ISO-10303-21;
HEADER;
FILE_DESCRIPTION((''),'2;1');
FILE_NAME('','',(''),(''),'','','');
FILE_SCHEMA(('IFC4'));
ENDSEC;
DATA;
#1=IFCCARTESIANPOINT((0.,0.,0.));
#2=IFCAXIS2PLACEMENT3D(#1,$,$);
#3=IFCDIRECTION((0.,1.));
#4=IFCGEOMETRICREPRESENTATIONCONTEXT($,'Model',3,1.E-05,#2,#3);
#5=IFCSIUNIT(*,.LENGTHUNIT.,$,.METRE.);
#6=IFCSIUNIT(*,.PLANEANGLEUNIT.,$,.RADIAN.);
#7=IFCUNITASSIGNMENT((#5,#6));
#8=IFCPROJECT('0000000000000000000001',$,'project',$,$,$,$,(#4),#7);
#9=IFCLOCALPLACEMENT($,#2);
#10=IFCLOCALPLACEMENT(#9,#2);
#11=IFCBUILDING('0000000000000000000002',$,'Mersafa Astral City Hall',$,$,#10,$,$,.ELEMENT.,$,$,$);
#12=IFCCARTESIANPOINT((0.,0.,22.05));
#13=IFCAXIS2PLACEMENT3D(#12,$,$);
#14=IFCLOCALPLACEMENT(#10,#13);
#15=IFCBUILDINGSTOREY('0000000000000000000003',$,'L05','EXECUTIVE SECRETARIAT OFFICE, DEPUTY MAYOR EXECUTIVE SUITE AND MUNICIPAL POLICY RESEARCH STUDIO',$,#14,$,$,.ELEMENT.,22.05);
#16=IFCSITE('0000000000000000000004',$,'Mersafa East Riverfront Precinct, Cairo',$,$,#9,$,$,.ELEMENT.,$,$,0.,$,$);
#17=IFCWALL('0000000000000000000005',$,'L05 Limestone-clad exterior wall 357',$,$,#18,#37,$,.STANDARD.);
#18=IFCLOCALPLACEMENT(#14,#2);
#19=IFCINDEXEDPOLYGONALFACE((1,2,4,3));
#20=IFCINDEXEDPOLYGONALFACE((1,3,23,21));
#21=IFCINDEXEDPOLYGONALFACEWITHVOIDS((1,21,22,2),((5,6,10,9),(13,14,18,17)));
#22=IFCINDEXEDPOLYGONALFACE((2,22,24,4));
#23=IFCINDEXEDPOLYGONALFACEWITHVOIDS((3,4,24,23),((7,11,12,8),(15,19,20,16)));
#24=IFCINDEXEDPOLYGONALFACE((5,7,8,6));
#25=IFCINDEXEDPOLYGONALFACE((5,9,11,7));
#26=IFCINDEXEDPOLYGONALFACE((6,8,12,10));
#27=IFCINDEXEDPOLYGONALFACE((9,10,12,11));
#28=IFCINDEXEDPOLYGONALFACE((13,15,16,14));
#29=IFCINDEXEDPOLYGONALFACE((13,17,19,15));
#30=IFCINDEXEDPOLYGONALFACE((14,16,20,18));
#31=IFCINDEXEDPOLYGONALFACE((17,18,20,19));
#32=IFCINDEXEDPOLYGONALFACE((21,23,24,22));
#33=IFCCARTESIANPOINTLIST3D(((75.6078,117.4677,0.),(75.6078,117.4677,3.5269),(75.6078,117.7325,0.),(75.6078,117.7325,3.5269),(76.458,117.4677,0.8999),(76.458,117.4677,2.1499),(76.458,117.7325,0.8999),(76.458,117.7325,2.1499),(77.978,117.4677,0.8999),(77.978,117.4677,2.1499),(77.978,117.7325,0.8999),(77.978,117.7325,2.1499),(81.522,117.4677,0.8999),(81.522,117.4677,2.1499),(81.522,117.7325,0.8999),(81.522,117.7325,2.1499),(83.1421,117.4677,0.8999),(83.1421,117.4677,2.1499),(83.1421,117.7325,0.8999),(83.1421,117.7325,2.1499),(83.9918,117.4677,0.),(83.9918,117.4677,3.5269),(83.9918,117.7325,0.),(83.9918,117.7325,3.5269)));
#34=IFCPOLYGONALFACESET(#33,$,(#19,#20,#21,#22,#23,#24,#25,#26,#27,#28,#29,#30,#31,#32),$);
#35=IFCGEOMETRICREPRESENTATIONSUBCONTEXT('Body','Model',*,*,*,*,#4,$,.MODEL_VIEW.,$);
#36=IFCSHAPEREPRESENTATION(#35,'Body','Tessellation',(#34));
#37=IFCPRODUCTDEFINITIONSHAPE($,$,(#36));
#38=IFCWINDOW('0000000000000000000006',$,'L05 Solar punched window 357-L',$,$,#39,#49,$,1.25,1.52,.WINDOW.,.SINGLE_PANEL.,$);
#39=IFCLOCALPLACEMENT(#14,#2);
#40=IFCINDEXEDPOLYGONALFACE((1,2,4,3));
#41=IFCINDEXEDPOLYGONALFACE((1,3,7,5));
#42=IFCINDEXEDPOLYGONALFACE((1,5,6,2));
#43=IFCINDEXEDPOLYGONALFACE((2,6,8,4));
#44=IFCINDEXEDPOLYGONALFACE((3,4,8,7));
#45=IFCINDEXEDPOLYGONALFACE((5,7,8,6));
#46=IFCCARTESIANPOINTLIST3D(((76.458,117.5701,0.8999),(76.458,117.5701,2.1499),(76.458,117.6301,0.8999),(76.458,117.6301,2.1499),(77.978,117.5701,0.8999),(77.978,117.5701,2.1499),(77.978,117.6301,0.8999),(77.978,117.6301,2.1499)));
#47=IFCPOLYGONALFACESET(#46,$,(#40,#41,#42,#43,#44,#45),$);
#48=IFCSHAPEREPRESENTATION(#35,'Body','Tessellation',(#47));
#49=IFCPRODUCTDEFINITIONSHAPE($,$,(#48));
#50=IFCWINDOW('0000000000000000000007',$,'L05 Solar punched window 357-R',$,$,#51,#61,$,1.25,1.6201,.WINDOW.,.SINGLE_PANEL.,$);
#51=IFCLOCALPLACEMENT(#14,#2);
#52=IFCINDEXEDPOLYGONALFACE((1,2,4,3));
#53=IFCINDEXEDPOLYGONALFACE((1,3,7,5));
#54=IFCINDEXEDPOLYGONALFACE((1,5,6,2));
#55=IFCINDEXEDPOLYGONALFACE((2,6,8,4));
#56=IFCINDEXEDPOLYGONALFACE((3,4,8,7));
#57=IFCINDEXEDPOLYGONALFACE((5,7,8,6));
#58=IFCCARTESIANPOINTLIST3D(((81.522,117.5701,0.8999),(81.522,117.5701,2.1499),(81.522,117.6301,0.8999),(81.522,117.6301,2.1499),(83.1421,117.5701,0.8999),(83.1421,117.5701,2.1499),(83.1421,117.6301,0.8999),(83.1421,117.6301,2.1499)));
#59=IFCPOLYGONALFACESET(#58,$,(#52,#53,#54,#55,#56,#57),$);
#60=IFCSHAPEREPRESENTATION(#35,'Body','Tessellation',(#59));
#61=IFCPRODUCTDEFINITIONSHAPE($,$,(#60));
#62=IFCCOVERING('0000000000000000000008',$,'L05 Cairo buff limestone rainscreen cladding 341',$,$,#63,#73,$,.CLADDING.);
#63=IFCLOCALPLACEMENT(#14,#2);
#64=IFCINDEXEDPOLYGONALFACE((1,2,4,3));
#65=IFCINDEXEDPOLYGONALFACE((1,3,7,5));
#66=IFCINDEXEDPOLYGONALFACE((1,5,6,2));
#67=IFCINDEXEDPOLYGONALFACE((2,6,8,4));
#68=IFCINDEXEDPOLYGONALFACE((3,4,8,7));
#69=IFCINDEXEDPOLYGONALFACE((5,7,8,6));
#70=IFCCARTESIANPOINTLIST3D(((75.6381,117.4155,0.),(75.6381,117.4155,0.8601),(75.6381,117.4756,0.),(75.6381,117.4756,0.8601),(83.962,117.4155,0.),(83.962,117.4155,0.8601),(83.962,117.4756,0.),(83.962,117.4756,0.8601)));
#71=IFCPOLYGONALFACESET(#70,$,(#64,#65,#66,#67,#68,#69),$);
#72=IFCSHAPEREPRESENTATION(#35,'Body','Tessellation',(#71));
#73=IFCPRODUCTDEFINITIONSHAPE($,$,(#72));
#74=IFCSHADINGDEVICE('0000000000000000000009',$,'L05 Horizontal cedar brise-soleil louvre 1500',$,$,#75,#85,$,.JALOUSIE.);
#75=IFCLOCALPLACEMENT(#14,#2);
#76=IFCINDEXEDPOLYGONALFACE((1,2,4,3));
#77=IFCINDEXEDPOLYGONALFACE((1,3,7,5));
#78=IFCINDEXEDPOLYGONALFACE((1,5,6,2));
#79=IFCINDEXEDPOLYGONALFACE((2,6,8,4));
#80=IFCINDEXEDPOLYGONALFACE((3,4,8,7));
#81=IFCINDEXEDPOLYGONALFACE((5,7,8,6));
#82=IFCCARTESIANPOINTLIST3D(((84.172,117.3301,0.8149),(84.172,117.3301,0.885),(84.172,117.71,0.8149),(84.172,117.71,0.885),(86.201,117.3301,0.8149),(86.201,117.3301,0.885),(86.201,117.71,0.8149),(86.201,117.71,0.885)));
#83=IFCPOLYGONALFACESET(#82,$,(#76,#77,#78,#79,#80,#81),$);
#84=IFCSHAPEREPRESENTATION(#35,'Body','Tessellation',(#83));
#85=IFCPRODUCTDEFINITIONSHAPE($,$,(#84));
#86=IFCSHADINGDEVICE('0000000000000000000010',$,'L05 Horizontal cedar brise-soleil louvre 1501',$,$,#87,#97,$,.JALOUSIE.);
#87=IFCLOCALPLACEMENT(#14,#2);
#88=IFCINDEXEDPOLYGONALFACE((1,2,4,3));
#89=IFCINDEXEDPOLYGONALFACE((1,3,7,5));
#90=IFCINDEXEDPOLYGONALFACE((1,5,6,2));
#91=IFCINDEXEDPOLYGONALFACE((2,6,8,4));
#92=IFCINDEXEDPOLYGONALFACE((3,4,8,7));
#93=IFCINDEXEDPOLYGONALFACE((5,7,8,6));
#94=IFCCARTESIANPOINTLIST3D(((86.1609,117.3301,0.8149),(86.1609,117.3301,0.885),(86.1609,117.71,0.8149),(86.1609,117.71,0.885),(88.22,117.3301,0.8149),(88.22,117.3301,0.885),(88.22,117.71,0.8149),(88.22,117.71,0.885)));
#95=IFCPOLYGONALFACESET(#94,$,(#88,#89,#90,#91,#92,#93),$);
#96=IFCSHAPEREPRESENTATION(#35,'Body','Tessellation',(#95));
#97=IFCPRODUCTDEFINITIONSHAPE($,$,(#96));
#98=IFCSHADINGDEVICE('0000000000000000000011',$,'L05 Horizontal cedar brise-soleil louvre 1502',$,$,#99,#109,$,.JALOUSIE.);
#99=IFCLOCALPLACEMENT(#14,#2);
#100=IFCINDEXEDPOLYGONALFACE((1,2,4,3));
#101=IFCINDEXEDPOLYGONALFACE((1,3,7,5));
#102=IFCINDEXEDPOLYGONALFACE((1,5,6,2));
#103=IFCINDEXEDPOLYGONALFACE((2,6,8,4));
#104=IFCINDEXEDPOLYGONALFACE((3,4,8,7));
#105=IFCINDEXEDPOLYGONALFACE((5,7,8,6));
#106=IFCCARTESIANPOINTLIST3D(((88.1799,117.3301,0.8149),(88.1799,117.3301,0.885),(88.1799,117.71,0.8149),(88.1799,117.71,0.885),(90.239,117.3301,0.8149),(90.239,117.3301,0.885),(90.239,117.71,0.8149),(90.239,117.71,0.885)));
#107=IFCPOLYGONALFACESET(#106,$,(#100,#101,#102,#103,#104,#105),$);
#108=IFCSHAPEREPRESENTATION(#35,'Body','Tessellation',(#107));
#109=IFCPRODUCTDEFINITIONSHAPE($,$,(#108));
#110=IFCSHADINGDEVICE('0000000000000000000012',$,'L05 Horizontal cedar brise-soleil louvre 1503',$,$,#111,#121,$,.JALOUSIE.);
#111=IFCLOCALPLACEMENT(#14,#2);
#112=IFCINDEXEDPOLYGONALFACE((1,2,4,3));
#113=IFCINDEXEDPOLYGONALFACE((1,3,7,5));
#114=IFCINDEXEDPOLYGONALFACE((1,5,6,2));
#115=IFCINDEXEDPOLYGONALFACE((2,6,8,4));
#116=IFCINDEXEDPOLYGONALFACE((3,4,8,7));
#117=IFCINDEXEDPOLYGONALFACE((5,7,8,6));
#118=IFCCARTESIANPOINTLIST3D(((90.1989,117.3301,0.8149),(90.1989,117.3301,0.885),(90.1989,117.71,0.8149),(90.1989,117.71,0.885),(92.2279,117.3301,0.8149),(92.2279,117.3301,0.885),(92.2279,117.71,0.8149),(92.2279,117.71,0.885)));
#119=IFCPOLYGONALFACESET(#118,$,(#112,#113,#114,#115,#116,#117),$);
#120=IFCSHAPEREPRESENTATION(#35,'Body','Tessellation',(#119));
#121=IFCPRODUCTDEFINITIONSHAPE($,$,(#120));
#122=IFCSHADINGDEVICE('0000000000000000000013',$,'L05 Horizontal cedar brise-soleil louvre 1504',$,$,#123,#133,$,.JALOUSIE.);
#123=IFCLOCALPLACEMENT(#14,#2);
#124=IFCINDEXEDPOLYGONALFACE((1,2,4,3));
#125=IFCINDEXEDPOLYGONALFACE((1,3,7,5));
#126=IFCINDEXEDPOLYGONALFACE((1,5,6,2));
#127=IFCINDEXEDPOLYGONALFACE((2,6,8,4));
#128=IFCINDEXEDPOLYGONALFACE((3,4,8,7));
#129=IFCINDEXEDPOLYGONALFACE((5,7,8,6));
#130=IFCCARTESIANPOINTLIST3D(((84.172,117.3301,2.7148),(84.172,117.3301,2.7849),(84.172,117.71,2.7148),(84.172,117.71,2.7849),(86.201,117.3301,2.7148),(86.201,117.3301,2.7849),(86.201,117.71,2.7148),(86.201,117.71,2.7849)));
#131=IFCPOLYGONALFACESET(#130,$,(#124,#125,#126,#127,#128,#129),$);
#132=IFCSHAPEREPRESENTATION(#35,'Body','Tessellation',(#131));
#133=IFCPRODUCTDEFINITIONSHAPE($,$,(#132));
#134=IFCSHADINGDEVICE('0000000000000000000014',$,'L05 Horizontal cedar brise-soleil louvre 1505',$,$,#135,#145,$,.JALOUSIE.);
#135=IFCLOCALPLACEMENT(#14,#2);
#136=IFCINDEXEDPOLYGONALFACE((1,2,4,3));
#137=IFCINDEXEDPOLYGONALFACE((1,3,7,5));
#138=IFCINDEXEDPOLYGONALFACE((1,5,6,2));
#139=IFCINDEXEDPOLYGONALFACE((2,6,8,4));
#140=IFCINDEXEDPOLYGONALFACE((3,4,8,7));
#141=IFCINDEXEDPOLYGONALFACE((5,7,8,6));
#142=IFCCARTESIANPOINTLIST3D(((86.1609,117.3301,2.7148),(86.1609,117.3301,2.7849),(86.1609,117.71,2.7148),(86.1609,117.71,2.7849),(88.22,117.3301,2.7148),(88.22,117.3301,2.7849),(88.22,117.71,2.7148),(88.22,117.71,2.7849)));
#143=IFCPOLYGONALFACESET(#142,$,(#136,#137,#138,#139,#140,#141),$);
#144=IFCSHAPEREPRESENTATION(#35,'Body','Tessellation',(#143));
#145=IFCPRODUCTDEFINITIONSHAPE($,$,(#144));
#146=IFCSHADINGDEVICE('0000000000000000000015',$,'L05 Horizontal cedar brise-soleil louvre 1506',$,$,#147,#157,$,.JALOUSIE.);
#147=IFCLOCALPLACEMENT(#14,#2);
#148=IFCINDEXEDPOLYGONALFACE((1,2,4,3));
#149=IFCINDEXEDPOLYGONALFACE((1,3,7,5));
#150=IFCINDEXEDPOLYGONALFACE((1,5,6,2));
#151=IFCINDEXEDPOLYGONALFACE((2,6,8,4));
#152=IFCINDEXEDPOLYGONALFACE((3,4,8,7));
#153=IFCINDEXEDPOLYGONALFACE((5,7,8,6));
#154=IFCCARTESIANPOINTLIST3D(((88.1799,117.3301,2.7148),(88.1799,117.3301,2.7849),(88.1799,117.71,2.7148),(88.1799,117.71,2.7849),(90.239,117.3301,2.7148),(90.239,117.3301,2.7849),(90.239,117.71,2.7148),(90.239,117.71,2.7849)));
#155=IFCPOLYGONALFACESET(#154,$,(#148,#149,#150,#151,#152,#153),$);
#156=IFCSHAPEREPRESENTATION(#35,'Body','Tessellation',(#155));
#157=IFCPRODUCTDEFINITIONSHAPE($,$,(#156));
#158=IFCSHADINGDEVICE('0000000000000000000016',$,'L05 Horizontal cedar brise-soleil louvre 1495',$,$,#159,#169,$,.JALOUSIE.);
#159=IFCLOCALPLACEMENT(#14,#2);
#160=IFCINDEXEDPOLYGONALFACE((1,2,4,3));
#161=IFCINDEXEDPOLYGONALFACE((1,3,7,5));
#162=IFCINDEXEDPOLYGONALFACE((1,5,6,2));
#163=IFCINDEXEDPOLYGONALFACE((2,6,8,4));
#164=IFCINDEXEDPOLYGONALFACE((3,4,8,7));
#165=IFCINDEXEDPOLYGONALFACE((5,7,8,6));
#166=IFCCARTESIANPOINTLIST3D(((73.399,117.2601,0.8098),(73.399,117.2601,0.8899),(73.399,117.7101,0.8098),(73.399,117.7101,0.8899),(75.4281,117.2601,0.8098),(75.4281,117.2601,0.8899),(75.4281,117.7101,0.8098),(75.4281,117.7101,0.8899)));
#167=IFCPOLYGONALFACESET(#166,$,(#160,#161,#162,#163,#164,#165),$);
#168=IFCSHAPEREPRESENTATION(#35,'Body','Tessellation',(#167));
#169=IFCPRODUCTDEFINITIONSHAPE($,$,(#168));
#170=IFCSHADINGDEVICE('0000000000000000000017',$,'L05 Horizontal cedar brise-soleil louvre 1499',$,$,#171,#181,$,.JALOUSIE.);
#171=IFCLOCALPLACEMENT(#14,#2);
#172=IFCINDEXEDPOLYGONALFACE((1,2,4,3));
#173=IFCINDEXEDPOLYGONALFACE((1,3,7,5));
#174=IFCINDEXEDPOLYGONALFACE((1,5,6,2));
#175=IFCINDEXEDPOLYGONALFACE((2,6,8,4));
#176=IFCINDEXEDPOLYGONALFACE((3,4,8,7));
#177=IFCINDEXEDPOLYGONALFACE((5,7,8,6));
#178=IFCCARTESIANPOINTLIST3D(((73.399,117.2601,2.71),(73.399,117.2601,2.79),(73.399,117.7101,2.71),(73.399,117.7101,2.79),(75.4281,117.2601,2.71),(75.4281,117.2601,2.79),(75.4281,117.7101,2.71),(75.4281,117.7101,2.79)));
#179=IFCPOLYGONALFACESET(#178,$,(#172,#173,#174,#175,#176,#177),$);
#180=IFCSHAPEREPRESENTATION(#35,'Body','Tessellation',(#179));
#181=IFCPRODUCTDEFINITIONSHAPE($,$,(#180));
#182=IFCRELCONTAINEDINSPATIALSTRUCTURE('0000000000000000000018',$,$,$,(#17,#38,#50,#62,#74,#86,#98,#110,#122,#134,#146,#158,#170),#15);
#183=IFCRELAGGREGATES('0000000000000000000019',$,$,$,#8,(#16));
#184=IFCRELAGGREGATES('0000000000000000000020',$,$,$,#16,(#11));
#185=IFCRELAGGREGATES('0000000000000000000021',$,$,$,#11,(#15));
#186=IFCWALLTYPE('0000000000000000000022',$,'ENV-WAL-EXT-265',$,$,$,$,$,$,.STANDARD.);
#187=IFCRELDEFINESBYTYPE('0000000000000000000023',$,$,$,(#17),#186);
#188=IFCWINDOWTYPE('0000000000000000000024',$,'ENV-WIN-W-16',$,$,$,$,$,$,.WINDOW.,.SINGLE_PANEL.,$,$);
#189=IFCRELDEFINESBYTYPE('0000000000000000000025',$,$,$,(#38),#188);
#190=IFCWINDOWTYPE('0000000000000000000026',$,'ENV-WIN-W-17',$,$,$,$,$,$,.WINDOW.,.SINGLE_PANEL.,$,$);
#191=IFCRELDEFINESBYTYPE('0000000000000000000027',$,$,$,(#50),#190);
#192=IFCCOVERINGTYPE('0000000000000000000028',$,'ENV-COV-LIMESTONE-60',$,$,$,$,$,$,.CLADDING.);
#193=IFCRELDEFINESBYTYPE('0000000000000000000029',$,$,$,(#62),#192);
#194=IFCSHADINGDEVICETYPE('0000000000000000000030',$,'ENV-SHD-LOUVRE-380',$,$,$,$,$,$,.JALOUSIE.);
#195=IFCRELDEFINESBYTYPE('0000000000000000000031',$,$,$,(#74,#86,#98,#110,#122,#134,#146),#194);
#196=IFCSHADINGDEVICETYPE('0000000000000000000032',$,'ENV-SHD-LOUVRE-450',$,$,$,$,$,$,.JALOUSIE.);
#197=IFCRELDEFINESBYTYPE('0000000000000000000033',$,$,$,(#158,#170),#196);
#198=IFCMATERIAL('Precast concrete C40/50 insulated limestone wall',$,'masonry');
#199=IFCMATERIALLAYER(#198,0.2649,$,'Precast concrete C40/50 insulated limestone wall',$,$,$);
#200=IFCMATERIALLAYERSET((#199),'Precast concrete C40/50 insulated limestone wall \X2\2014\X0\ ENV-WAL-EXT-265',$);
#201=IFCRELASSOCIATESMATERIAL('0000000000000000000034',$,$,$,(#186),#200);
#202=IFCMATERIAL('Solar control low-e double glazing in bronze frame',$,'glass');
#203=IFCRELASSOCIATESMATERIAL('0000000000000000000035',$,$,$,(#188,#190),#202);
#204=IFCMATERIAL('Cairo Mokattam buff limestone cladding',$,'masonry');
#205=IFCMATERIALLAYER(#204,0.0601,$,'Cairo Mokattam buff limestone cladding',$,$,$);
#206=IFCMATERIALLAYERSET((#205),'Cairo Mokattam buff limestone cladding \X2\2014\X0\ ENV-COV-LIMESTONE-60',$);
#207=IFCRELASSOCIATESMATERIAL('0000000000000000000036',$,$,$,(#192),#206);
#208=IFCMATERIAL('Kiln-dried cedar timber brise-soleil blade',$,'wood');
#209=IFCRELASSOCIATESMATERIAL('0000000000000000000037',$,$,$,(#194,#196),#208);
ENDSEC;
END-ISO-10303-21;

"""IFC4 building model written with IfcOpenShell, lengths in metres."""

from ifc_helpers import new_model, si_unit, direction, frame, frame_2d, origin, origin_2d, place, context, subcontext, project, spatial, rectangle, extrude, material, layer, layer_set, type_object, element, fill, save


model = new_model("IFC4")

# Units and contexts
model_context = context("Model", 3, precision=1e-05, world=origin(), true_north=direction((0.0, 1.0)))
body_context = subcontext(model_context, "Body", "Model", "MODEL_VIEW")
ifc_project = project(units=[si_unit("LENGTHUNIT", "METRE"), si_unit("PLANEANGLEUNIT", "RADIAN")], contexts=[model_context])

# Site, building, storey
site_placement = place(None, origin())
site = spatial("IfcSite", under=ifc_project, at=site_placement, Name="Mersafa East Riverfront Precinct, Cairo", CompositionType="ELEMENT", RefElevation=0.0)
building_placement = place(site_placement, origin())
building = spatial("IfcBuilding", under=site, at=building_placement, Name="Mersafa Astral City Hall", CompositionType="ELEMENT")
storey_placement = place(building_placement, frame((0.0, 0.0, 22.05)))
storey = spatial("IfcBuildingStorey", under=building, at=storey_placement, Name="L05", Description="EXECUTIVE SECRETARIAT OFFICE, DEPUTY MAYOR EXECUTIVE SUITE AND MUNICIPAL POLICY RESEARCH STUDIO", CompositionType="ELEMENT", Elevation=22.05)

# Wall, openings, windows
ifc_material_1 = material(Name="Precast concrete C40/50 insulated limestone wall", Category="masonry")
ifc_layer_1 = layer(ifc_material_1, 0.2649, Name="Precast concrete C40/50 insulated limestone wall")
ifc_layer_set_1 = layer_set([ifc_layer_1], Name="Precast concrete C40/50 insulated limestone wall — ENV-WAL-EXT-265")
wall_type = type_object("IfcWallType", Name="ENV-WAL-EXT-265", PredefinedType="STANDARD", material=ifc_layer_set_1)
wall_placement = place(storey_placement, frame((75.6079, 117.6001, 0.0), z_axis=(0.0, 0.0, 1.0), x_axis=(1.0, 0.0, 0.0)))
wall = element("IfcWall", 1, at=wall_placement, inside=storey, type_object=wall_type, Name="L05 Limestone-clad exterior wall 357", PredefinedType="STANDARD", context=body_context, shape_type="SweptSolid", body=[
    extrude(rectangle(XDim=8.384, YDim=0.2649, at=frame_2d((4.1919, 0.0))), origin(), (0.0, 0.0, 1.0), 3.5269),
])
opening_1_placement = place(wall_placement, frame((0.8501, 0.0, 0.8999)))
opening_1 = element("IfcOpeningElement", 2, at=opening_1_placement, cuts=wall, PredefinedType="OPENING", context=body_context, shape_type="SweptSolid", body=[
    extrude(rectangle(XDim=1.52, YDim=1.25, at=frame_2d((0.76, 0.625))), frame((0.0, 0.1423, 0.0), z_axis=(0.0, -1.0, 0.0), x_axis=(1.0, 0.0, 0.0)), (0.0, 0.0, 1.0), 0.2849),
])
opening_2_placement = place(wall_placement, frame((5.9141, 0.0, 0.8999)))
opening_2 = element("IfcOpeningElement", 3, at=opening_2_placement, cuts=wall, PredefinedType="OPENING", context=body_context, shape_type="SweptSolid", body=[
    extrude(rectangle(XDim=1.6201, YDim=1.25, at=frame_2d((0.8101, 0.625))), frame((0.0, 0.1423, 0.0), z_axis=(0.0, -1.0, 0.0), x_axis=(1.0, 0.0, 0.0)), (0.0, 0.0, 1.0), 0.2849),
])
ifc_material_2 = material(Name="Solar control low-e double glazing in bronze frame", Category="glass")
window_type_1 = type_object("IfcWindowType", Name="ENV-WIN-W-16", PartitioningType="SINGLE_PANEL", PredefinedType="WINDOW", material=ifc_material_2)
window_1_placement = place(opening_1_placement, origin())
window_1 = element("IfcWindow", 4, at=window_1_placement, inside=storey, type_object=window_type_1, Name="L05 Solar punched window 357-L", OverallHeight=1.25, OverallWidth=1.52, PartitioningType="SINGLE_PANEL", PredefinedType="WINDOW", context=body_context, shape_type="SweptSolid", body=[
    extrude(rectangle(XDim=1.52, YDim=1.25, at=frame_2d((0.76, 0.625))), frame((0.0, 0.03, 0.0), z_axis=(0.0, -1.0, 0.0), x_axis=(1.0, 0.0, 0.0)), (0.0, 0.0, 1.0), 0.0601),
])
fill(opening_1, window_1)
window_type_2 = type_object("IfcWindowType", Name="ENV-WIN-W-17", PartitioningType="SINGLE_PANEL", PredefinedType="WINDOW", material=ifc_material_2)
window_2_placement = place(opening_2_placement, origin())
window_2 = element("IfcWindow", 5, at=window_2_placement, inside=storey, type_object=window_type_2, Name="L05 Solar punched window 357-R", OverallHeight=1.25, OverallWidth=1.6201, PartitioningType="SINGLE_PANEL", PredefinedType="WINDOW", context=body_context, shape_type="SweptSolid", body=[
    extrude(rectangle(XDim=1.6201, YDim=1.25, at=frame_2d((0.8101, 0.625))), frame((0.0, 0.03, 0.0), z_axis=(0.0, -1.0, 0.0), x_axis=(1.0, 0.0, 0.0)), (0.0, 0.0, 1.0), 0.0601),
])
fill(opening_2, window_2)

# Covering
ifc_material_3 = material(Name="Cairo Mokattam buff limestone cladding", Category="masonry")
ifc_layer_2 = layer(ifc_material_3, 0.0601, Name="Cairo Mokattam buff limestone cladding")
ifc_layer_set_2 = layer_set([ifc_layer_2], Name="Cairo Mokattam buff limestone cladding — ENV-COV-LIMESTONE-60")
covering_type = type_object("IfcCoveringType", Name="ENV-COV-LIMESTONE-60", PredefinedType="CLADDING", material=ifc_layer_set_2)
covering_placement = place(storey_placement, frame((79.8, 117.4456, 0.0), z_axis=(0.0, 0.0, 1.0), x_axis=(1.0, 0.0, 0.0)))
element("IfcCovering", 6, at=covering_placement, inside=storey, type_object=covering_type, Name="L05 Cairo buff limestone rainscreen cladding 341", PredefinedType="CLADDING", context=body_context, shape_type="SweptSolid", body=[
    extrude(rectangle(XDim=8.324, YDim=0.0601, at=origin_2d()), origin(), (0.0, 0.0, 1.0), 0.8601),
])

# Shading devices
ifc_material_4 = material(Name="Kiln-dried cedar timber brise-soleil blade", Category="wood")
shading_device_type_1 = type_object("IfcShadingDeviceType", Name="ENV-SHD-LOUVRE-380", PredefinedType="JALOUSIE", material=ifc_material_4)
shading_device_placement = place(storey_placement, frame((85.1865, 117.52, 0.8149), z_axis=(0.0, 0.0, 1.0), x_axis=(1.0, 0.0, 0.0)))
element("IfcShadingDevice", 7, at=shading_device_placement, inside=storey, type_object=shading_device_type_1, Name="L05 Horizontal cedar brise-soleil louvre 1500", PredefinedType="JALOUSIE", context=body_context, shape_type="SweptSolid", body=[
    extrude(rectangle(XDim=2.0291, YDim=0.3799, at=origin_2d()), origin(), (0.0, 0.0, 1.0), 0.0701),
])
for number, where, z_axis, x_axis, name in (
    (8, (87.1904, 117.52, 0.8149), (0.0, 0.0, 1.0), (1.0, 0.0, 0.0), "L05 Horizontal cedar brise-soleil louvre 1501"),
    (9, (89.2095, 117.52, 0.8149), (0.0, 0.0, 1.0), (1.0, 0.0, 0.0), "L05 Horizontal cedar brise-soleil louvre 1502"),
):
    element("IfcShadingDevice", number, at=place(storey_placement, frame(where, z_axis=z_axis, x_axis=x_axis)), inside=storey, type_object=shading_device_type_1, Name=name, PredefinedType="JALOUSIE", context=body_context, shape_type="SweptSolid", body=[
        extrude(rectangle(XDim=2.0591, YDim=0.3799, at=origin_2d()), origin(), (0.0, 0.0, 1.0), 0.0701),
    ])
for number, where, z_axis, x_axis, name in (
    (10, (91.2134, 117.52, 0.8149), (0.0, 0.0, 1.0), (1.0, 0.0, 0.0), "L05 Horizontal cedar brise-soleil louvre 1503"),
    (11, (85.1865, 117.52, 2.7148), (0.0, 0.0, 1.0), (1.0, 0.0, 0.0), "L05 Horizontal cedar brise-soleil louvre 1504"),
):
    element("IfcShadingDevice", number, at=place(storey_placement, frame(where, z_axis=z_axis, x_axis=x_axis)), inside=storey, type_object=shading_device_type_1, Name=name, PredefinedType="JALOUSIE", context=body_context, shape_type="SweptSolid", body=[
        extrude(rectangle(XDim=2.0291, YDim=0.3799, at=origin_2d()), origin(), (0.0, 0.0, 1.0), 0.0701),
    ])
for number, where, z_axis, x_axis, name in (
    (12, (87.1904, 117.52, 2.7148), (0.0, 0.0, 1.0), (1.0, 0.0, 0.0), "L05 Horizontal cedar brise-soleil louvre 1505"),
    (13, (89.2095, 117.52, 2.7148), (0.0, 0.0, 1.0), (1.0, 0.0, 0.0), "L05 Horizontal cedar brise-soleil louvre 1506"),
):
    element("IfcShadingDevice", number, at=place(storey_placement, frame(where, z_axis=z_axis, x_axis=x_axis)), inside=storey, type_object=shading_device_type_1, Name=name, PredefinedType="JALOUSIE", context=body_context, shape_type="SweptSolid", body=[
        extrude(rectangle(XDim=2.0591, YDim=0.3799, at=origin_2d()), origin(), (0.0, 0.0, 1.0), 0.0701),
    ])
shading_device_type_2 = type_object("IfcShadingDeviceType", Name="ENV-SHD-LOUVRE-450", PredefinedType="JALOUSIE", material=ifc_material_4)
for number, where, z_axis, x_axis, name in (
    (14, (74.4136, 117.4851, 0.8098), (0.0, 0.0, 1.0), (1.0, 0.0, 0.0), "L05 Horizontal cedar brise-soleil louvre 1495"),
    (15, (74.4136, 117.4851, 2.71), (0.0, 0.0, 1.0), (1.0, 0.0, 0.0), "L05 Horizontal cedar brise-soleil louvre 1499"),
):
    element("IfcShadingDevice", number, at=place(storey_placement, frame(where, z_axis=z_axis, x_axis=x_axis)), inside=storey, type_object=shading_device_type_2, Name=name, PredefinedType="JALOUSIE", context=body_context, shape_type="SweptSolid", body=[
        extrude(rectangle(XDim=2.0291, YDim=0.45, at=origin_2d()), origin(), (0.0, 0.0, 1.0), 0.0801),
    ])

save(model, "model.ifc")
